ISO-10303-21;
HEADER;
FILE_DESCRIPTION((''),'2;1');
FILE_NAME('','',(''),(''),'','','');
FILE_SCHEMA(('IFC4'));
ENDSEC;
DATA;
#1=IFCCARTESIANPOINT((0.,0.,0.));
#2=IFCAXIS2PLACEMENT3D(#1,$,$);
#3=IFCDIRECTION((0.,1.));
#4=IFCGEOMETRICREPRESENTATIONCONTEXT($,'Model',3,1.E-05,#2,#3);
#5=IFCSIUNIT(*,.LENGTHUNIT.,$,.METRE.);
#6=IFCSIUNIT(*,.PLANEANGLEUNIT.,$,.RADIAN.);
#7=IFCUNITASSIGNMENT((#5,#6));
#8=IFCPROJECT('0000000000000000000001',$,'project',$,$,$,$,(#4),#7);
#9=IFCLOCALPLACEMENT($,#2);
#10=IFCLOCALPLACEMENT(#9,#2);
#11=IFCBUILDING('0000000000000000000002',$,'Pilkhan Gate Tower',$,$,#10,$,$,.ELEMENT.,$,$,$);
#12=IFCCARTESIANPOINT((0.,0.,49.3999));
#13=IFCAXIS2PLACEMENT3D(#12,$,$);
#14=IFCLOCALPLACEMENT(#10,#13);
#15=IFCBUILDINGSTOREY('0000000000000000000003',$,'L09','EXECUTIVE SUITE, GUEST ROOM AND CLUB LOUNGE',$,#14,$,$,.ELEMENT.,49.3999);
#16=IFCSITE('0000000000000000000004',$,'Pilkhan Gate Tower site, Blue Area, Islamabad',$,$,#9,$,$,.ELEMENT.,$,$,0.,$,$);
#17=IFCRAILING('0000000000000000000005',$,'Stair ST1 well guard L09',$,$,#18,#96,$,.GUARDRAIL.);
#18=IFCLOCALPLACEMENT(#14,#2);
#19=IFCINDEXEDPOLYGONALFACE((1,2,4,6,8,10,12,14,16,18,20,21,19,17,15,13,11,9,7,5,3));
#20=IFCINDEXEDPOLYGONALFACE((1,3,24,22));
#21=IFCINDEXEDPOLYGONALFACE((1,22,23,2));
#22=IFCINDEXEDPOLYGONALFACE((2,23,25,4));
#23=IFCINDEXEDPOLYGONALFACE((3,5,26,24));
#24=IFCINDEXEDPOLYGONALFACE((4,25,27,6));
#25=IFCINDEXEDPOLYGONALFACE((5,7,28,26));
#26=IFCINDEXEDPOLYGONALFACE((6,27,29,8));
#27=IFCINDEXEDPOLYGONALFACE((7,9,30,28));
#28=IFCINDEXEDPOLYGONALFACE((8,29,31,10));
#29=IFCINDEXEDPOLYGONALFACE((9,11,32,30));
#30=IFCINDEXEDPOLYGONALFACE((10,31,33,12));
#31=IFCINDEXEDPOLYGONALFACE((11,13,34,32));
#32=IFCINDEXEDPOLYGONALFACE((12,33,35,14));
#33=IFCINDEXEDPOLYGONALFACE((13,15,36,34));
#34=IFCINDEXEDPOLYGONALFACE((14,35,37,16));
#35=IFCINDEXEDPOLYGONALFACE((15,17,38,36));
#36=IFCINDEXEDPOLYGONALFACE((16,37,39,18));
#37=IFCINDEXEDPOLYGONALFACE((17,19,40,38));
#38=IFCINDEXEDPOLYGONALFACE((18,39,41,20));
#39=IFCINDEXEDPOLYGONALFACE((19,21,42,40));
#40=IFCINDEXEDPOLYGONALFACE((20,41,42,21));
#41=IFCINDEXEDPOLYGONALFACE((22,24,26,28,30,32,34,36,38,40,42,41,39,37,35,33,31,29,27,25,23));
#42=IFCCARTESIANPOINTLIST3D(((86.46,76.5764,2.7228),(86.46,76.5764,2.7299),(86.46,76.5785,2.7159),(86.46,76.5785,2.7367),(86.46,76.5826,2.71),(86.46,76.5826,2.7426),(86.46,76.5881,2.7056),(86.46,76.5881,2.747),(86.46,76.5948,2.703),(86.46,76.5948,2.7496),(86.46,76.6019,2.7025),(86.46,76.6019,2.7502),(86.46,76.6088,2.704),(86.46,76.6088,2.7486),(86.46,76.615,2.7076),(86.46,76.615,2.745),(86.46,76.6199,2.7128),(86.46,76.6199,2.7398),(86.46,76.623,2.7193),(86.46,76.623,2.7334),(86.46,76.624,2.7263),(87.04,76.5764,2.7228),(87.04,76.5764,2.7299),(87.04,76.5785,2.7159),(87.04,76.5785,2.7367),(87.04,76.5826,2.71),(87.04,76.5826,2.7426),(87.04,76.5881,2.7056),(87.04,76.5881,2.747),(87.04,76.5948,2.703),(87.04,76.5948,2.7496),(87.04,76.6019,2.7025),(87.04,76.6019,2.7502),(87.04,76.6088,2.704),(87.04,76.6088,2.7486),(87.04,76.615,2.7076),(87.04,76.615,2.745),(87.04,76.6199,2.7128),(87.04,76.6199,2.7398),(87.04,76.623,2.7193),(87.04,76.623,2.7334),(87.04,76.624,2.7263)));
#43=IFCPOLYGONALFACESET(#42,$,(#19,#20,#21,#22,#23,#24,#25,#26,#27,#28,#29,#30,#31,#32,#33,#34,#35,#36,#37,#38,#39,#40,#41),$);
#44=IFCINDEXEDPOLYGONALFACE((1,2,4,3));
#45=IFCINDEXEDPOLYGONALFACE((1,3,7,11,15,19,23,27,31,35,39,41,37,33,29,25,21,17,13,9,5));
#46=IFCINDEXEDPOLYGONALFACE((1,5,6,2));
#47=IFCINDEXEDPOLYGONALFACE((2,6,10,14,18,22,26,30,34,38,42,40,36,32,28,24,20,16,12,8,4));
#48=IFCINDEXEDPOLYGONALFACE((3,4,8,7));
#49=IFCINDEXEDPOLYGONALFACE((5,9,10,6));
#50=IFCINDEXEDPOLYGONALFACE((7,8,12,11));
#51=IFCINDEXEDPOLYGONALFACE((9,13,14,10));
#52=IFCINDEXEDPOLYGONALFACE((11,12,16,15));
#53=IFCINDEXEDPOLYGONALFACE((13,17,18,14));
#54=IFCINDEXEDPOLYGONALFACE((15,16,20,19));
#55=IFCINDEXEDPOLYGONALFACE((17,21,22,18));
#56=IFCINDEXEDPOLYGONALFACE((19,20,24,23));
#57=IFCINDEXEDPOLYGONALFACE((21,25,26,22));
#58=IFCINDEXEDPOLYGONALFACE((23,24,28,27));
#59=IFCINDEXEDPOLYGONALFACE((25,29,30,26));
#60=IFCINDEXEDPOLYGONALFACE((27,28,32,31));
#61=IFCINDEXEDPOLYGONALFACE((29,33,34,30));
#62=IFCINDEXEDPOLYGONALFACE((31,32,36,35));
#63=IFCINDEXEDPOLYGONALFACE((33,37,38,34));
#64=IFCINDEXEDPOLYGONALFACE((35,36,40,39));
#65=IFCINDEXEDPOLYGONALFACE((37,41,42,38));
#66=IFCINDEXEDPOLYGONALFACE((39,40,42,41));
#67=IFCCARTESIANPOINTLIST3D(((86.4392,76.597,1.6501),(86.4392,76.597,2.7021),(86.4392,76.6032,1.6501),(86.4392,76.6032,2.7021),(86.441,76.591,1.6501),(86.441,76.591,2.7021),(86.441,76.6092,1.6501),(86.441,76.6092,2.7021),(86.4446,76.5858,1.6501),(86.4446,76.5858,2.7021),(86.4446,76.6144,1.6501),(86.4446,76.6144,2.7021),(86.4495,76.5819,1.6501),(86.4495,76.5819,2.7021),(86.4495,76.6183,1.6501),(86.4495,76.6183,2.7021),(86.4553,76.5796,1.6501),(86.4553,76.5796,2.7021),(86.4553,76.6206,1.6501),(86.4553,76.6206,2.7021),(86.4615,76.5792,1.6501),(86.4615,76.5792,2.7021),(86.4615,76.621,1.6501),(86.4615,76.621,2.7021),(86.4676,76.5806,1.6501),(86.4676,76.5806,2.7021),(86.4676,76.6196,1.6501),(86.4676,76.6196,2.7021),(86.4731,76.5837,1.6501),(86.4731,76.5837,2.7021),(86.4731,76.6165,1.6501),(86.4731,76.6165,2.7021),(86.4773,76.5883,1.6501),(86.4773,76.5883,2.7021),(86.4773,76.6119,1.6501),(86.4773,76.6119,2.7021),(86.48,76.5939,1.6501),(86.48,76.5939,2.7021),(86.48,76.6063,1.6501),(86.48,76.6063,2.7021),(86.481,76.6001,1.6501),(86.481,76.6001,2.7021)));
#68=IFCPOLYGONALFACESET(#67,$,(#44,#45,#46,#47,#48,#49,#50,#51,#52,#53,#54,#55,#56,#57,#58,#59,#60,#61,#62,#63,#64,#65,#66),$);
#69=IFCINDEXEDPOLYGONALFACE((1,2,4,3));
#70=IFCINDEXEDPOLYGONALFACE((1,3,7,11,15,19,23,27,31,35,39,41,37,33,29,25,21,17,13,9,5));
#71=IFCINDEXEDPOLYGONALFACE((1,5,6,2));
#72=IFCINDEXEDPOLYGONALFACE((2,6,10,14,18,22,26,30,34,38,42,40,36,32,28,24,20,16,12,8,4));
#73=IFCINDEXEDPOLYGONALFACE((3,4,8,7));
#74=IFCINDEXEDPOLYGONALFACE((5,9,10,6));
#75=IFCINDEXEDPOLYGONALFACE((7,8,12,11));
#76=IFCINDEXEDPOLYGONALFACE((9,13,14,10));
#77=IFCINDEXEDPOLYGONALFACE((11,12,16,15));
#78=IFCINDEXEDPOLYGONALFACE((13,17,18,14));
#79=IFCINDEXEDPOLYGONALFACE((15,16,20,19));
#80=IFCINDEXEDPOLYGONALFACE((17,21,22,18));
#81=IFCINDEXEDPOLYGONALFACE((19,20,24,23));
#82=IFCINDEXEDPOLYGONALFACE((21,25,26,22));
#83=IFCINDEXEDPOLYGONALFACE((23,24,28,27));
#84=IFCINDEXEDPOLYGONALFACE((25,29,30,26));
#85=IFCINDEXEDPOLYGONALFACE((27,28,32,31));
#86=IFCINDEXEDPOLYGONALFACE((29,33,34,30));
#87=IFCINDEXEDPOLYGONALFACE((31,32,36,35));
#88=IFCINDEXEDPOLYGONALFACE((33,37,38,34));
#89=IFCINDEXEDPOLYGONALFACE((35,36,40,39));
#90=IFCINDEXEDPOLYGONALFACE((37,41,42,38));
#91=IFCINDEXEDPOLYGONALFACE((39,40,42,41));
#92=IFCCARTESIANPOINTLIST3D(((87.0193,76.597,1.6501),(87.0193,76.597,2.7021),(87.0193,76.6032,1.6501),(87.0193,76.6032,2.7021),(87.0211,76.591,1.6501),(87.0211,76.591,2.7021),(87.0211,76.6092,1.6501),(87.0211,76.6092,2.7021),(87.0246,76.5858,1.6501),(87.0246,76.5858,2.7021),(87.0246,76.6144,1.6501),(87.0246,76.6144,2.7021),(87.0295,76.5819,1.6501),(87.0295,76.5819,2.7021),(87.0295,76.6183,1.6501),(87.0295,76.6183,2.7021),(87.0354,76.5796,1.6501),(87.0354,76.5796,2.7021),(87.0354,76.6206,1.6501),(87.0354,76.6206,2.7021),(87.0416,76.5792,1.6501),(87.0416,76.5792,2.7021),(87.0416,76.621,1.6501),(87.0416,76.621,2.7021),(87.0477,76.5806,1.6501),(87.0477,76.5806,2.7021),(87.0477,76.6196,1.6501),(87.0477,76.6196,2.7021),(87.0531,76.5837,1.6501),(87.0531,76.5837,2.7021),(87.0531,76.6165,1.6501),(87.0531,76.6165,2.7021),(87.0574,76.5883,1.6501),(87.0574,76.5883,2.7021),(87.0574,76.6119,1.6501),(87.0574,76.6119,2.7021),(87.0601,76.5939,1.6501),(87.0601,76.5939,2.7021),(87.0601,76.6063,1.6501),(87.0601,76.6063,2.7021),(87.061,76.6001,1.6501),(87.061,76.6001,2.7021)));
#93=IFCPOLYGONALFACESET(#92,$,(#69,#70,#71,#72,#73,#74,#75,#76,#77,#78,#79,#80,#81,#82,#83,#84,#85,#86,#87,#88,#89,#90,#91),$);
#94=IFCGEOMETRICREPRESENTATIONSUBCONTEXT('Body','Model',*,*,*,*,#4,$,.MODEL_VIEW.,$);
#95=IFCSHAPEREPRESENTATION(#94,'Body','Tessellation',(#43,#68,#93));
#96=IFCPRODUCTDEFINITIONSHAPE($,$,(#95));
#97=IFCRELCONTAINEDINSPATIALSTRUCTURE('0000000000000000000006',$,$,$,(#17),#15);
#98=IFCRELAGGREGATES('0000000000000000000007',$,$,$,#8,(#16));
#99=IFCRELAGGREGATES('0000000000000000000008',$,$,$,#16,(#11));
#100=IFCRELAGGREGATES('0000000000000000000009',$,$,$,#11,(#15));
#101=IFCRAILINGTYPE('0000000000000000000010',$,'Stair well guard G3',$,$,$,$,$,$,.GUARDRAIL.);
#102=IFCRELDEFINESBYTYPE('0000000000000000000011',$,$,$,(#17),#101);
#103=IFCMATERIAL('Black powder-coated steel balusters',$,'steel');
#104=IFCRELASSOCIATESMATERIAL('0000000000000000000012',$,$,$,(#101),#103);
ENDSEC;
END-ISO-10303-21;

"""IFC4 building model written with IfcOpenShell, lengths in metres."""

from ifc_helpers import new_model, si_unit, direction, frame, origin, origin_2d, place, context, subcontext, project, spatial, circle, extrude, material, type_object, element, save


model = new_model("IFC4")

# Units and contexts
model_context = context("Model", 3, precision=1e-05, world=origin(), true_north=direction((0.0, 1.0)))
body_context = subcontext(model_context, "Body", "Model", "MODEL_VIEW")
ifc_project = project(units=[si_unit("LENGTHUNIT", "METRE"), si_unit("PLANEANGLEUNIT", "RADIAN")], contexts=[model_context])

# Site, building, storey
site_placement = place(None, origin())
site = spatial("IfcSite", under=ifc_project, at=site_placement, Name="Pilkhan Gate Tower site, Blue Area, Islamabad", CompositionType="ELEMENT", RefElevation=0.0)
building_placement = place(site_placement, origin())
building = spatial("IfcBuilding", under=site, at=building_placement, Name="Pilkhan Gate Tower", CompositionType="ELEMENT")
storey_placement = place(building_placement, frame((0.0, 0.0, 49.3999)))
storey = spatial("IfcBuildingStorey", under=building, at=storey_placement, Name="L09", Description="EXECUTIVE SUITE, GUEST ROOM AND CLUB LOUNGE", CompositionType="ELEMENT", Elevation=49.3999)

# Railing
ifc_material_1 = material(Name="Black powder-coated steel balusters", Category="steel")
railing_type_1 = type_object("IfcRailingType", Name="Stair well guard G3", PredefinedType="GUARDRAIL", material=ifc_material_1)
for number, where, name in (
    (1, (86.46, 76.6001, 1.6501), "Stair ST1 well guard L09"),
):
    element("IfcRailing", number, at=place(storey_placement, frame(where)), inside=storey, type_object=railing_type_1, Name=name, PredefinedType="GUARDRAIL", context=body_context, shape_type="SweptSolid", body=[
        extrude(circle(Radius=0.0239, at=origin_2d()), frame((0.0, 0.0, 1.0762), z_axis=(1.0, 0.0, 0.0), x_axis=(0.0, 1.0, 0.0)), (0.0, 0.0, 1.0), 0.5801),
        extrude(circle(Radius=0.021, at=origin_2d()), origin(), (0.0, 0.0, 1.0), 1.052),
        extrude(circle(Radius=0.021, at=origin_2d()), frame((0.5801, 0.0, 0.0)), (0.0, 0.0, 1.0), 1.052),
    ])

save(model, "model.ifc")
